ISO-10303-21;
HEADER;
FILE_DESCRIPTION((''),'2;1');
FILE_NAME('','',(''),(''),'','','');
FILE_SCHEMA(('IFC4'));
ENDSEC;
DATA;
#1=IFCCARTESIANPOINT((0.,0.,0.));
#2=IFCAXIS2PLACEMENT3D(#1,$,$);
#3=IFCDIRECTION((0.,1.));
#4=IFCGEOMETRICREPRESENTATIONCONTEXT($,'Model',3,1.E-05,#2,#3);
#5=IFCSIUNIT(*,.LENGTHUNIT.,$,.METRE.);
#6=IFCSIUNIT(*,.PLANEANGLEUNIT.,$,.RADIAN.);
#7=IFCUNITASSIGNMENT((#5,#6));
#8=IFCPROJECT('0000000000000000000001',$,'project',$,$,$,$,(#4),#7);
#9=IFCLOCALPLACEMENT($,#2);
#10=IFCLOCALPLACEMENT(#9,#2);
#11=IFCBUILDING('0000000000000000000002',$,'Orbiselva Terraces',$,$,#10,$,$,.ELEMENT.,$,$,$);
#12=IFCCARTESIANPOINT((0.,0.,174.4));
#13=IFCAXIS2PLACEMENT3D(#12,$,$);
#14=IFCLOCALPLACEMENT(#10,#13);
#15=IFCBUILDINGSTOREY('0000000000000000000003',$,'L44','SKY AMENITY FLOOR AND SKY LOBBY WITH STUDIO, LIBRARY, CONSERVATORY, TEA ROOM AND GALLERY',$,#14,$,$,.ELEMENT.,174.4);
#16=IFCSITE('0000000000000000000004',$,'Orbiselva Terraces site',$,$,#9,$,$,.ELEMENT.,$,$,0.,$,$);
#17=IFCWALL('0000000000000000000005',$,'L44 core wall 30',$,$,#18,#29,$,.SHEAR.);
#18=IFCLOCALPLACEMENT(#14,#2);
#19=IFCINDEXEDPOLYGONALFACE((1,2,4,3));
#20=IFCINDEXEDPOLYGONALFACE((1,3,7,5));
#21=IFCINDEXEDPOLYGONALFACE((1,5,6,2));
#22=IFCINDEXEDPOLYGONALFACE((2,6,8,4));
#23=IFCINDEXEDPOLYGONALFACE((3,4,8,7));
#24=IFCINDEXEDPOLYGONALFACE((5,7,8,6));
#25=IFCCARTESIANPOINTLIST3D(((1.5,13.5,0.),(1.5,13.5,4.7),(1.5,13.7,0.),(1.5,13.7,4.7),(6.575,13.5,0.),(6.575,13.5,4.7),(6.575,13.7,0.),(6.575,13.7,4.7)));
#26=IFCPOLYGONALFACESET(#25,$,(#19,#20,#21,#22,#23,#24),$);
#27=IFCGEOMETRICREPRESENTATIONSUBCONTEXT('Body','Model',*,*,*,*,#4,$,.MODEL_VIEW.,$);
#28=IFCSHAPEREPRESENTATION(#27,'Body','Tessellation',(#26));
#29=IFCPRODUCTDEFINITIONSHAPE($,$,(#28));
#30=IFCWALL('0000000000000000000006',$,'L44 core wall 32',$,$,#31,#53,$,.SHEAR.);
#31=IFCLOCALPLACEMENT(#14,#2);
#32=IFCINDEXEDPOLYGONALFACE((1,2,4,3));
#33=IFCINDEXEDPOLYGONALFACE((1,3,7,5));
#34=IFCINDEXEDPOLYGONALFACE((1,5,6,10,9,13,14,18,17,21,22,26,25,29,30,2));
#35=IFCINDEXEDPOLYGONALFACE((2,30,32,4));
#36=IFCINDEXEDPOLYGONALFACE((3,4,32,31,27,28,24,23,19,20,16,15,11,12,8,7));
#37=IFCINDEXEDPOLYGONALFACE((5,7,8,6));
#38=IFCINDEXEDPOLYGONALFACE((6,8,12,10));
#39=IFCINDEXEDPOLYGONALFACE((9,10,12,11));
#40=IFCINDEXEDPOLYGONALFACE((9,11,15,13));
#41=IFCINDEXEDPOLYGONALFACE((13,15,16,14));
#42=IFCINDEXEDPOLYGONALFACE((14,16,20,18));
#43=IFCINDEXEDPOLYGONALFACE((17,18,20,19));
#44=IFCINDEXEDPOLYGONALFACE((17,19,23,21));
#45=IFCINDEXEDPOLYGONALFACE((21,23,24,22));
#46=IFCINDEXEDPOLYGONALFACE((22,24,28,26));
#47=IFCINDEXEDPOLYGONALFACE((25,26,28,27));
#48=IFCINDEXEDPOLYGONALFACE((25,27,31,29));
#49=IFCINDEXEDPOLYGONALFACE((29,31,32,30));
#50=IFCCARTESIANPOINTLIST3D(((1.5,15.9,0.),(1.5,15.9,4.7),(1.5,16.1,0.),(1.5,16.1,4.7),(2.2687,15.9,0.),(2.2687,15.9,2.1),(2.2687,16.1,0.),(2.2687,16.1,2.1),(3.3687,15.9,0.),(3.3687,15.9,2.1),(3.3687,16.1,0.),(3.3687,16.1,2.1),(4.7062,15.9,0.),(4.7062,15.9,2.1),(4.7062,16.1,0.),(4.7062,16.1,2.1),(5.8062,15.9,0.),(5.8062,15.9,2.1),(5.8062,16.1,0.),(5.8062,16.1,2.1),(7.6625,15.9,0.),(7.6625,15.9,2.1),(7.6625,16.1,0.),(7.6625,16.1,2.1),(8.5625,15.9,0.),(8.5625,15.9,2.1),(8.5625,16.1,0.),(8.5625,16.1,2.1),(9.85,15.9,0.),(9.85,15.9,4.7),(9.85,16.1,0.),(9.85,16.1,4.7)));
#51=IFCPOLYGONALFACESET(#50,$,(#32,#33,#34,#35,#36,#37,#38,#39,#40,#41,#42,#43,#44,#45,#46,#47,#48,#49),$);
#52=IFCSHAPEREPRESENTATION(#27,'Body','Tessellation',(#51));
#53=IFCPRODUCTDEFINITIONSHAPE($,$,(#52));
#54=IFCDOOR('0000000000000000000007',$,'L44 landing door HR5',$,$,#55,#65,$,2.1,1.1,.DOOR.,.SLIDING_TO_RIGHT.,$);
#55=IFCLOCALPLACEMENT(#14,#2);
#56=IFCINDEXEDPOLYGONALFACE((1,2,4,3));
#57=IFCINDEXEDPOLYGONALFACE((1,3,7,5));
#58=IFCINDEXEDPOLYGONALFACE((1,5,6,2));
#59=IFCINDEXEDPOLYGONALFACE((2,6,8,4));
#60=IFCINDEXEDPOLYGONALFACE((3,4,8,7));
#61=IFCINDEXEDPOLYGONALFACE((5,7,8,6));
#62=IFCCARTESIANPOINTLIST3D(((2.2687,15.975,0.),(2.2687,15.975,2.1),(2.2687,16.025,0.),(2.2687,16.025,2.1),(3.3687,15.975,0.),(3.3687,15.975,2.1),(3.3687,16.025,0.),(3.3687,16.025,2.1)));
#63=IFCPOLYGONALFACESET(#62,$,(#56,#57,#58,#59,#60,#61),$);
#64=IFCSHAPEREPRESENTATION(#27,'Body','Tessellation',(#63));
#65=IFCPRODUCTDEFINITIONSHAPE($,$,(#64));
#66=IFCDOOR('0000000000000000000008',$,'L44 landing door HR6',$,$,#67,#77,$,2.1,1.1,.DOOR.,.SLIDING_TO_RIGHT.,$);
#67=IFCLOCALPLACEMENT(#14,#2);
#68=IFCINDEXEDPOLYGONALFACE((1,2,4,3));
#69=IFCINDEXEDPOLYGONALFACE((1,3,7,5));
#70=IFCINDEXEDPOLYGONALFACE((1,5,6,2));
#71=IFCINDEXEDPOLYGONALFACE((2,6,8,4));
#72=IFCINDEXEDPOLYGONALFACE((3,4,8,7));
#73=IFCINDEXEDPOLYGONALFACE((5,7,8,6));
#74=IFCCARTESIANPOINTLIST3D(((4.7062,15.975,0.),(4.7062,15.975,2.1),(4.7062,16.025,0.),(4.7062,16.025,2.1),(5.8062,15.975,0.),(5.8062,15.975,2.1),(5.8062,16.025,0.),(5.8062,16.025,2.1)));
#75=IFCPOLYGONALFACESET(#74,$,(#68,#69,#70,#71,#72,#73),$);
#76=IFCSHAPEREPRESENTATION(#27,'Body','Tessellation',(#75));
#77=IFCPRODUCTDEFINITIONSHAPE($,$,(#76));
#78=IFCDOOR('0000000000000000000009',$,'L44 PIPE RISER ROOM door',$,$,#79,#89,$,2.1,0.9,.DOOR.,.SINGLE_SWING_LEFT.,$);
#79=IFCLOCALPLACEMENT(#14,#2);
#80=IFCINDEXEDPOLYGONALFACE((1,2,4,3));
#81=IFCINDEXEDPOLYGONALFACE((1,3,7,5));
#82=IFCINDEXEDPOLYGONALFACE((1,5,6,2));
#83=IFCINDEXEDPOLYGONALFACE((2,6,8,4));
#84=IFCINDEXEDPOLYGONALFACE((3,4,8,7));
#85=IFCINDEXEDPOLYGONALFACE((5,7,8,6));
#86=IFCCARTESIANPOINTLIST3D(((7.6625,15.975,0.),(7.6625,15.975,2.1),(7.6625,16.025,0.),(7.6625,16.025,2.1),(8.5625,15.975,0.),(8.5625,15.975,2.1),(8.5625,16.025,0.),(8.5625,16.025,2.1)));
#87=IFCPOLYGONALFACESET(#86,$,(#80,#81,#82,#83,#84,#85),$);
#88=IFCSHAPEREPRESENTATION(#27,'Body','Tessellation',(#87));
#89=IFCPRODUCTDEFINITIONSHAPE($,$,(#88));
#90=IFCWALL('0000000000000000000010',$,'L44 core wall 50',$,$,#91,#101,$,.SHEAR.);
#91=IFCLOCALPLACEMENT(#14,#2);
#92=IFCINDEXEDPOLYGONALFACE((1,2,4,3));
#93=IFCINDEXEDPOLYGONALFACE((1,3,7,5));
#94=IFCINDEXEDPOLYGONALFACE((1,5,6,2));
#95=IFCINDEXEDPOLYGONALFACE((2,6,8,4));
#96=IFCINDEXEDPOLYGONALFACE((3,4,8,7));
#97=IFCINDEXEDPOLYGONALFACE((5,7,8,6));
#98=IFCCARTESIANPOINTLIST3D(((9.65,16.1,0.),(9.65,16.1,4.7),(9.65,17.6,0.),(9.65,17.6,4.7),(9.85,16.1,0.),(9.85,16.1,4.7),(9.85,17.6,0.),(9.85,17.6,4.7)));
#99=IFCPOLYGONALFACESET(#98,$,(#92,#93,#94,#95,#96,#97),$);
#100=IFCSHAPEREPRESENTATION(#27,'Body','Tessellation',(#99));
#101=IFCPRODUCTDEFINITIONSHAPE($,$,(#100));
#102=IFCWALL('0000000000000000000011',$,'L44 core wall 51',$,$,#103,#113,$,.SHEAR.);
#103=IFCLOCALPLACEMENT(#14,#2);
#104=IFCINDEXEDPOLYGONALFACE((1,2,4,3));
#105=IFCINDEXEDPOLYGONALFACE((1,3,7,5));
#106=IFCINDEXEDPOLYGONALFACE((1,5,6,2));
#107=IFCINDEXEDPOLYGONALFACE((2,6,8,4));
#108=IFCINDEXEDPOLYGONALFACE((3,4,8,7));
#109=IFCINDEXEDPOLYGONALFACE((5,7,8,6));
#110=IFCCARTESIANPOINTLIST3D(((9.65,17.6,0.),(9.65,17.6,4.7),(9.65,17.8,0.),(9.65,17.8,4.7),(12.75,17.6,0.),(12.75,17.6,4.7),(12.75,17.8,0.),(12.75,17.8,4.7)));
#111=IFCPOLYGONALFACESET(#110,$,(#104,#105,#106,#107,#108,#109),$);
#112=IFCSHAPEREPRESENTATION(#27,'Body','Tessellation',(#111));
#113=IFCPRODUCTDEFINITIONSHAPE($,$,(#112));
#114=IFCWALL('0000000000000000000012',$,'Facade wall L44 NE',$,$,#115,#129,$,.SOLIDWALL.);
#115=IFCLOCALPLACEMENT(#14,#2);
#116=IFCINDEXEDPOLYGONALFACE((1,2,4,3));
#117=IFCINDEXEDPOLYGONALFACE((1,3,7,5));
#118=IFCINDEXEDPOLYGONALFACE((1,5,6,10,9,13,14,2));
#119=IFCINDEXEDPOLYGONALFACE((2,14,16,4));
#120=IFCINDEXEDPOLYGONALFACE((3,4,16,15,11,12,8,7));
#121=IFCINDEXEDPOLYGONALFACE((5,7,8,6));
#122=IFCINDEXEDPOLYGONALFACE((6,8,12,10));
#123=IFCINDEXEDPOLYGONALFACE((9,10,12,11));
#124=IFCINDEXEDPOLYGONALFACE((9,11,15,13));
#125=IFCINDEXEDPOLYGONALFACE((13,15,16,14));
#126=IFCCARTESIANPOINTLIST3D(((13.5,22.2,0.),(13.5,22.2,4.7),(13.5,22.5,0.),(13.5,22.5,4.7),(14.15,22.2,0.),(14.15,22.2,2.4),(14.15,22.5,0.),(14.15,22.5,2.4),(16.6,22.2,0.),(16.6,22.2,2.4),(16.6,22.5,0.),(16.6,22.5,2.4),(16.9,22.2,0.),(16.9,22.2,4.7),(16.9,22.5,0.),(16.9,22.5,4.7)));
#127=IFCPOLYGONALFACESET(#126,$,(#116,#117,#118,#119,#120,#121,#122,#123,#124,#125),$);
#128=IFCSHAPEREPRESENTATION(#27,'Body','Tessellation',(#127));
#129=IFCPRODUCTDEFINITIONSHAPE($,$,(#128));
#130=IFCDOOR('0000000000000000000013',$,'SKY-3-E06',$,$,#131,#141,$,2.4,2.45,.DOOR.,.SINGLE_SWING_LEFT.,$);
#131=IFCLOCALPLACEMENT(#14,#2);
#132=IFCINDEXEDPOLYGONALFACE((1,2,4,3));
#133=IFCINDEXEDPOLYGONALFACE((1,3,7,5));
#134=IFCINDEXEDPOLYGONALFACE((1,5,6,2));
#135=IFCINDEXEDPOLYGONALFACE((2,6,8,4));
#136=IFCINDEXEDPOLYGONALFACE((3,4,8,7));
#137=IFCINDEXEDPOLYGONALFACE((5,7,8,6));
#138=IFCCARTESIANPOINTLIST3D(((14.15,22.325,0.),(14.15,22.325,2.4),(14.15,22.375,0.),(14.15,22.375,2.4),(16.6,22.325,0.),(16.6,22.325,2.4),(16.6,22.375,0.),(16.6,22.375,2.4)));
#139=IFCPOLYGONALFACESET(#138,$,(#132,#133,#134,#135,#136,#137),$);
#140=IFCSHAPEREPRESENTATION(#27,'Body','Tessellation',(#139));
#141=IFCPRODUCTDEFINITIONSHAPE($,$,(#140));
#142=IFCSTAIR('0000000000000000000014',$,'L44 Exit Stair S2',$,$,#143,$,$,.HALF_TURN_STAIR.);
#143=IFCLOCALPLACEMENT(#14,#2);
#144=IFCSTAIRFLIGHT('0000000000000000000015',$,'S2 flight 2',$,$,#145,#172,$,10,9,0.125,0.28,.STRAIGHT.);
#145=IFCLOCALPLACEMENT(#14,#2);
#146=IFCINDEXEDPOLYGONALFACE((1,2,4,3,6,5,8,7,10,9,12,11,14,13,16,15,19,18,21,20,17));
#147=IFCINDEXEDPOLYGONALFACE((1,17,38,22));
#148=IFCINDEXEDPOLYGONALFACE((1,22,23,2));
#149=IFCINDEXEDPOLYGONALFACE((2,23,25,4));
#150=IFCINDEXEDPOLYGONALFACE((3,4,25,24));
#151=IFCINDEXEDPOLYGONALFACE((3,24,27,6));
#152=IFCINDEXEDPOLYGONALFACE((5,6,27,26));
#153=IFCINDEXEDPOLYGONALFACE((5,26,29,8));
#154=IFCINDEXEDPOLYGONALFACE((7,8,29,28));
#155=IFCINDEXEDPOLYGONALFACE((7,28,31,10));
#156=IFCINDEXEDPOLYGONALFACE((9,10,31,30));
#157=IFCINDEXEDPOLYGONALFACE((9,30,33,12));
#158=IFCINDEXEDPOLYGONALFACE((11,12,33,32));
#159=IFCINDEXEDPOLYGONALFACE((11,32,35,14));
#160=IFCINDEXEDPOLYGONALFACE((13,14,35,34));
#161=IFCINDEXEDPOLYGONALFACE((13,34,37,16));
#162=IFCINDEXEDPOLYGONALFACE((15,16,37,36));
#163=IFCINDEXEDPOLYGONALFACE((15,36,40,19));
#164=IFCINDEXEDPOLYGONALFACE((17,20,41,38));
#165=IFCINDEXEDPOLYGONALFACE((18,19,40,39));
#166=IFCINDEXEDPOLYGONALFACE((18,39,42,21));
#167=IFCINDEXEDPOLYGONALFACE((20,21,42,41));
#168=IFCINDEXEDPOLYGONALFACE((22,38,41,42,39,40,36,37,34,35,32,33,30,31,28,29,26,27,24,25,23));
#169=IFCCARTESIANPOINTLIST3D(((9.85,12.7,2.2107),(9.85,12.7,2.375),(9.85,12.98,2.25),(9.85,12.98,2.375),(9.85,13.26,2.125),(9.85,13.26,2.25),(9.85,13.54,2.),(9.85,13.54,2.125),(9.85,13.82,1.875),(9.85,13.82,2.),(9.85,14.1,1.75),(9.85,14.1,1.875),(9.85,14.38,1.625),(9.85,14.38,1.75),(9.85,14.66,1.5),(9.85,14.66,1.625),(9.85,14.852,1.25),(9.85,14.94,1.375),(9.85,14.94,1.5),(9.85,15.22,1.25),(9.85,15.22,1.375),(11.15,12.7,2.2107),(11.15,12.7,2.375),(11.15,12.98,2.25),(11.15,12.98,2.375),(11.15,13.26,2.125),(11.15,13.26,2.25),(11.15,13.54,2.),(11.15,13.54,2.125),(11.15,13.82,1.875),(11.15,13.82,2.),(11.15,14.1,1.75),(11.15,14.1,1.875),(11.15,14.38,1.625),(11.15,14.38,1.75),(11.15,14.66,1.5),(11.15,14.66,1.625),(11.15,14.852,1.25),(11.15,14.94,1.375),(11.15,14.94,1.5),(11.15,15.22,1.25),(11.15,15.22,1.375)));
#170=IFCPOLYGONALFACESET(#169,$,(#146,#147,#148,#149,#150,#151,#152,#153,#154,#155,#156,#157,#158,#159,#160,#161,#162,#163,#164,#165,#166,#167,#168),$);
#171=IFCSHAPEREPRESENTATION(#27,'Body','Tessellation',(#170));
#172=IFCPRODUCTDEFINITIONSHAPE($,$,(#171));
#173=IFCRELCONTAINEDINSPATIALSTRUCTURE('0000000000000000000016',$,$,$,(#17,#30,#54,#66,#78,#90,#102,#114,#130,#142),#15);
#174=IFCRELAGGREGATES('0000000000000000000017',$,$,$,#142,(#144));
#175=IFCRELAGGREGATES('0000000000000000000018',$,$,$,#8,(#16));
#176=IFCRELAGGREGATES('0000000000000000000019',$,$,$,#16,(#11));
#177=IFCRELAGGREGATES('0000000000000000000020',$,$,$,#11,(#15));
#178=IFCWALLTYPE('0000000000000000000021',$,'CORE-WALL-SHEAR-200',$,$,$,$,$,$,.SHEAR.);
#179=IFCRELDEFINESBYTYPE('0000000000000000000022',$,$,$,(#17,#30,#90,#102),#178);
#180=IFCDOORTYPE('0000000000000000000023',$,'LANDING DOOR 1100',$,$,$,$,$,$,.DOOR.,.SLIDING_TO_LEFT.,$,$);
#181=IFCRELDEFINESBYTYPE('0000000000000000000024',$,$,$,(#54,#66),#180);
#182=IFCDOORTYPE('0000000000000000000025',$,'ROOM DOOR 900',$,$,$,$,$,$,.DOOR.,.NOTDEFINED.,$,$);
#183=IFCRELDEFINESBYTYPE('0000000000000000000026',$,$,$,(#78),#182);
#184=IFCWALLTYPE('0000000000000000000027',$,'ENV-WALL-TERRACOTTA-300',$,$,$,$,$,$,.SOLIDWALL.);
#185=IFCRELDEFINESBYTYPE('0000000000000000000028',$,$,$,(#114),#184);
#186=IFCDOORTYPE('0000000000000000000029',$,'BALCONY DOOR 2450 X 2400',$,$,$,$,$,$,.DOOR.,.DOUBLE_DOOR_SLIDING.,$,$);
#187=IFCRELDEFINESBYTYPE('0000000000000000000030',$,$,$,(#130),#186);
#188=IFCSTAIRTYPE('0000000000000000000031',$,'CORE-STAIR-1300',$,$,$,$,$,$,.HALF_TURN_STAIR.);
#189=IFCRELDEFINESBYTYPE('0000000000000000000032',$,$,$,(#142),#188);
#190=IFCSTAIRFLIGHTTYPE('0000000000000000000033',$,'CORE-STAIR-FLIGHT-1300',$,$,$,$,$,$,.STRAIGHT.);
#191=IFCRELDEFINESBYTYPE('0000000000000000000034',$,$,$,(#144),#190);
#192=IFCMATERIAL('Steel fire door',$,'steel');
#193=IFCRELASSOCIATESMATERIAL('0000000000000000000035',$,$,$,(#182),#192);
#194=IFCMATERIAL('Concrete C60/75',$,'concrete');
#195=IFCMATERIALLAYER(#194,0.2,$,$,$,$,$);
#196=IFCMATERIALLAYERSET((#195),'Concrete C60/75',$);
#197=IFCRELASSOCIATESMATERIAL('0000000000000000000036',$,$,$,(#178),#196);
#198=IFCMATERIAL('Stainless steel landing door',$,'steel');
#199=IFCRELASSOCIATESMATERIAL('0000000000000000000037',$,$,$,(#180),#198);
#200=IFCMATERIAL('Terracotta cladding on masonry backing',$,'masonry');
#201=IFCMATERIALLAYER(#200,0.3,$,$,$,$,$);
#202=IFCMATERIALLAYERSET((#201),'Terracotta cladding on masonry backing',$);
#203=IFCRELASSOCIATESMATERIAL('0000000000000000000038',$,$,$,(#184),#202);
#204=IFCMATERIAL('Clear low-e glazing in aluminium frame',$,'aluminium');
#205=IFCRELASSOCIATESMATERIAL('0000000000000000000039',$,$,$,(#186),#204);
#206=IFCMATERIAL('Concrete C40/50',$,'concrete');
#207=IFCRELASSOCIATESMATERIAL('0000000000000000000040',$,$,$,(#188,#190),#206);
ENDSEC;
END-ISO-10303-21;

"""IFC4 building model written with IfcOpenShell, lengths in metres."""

from ifc_helpers import new_model, si_unit, direction, frame, frame_2d, origin, place, context, subcontext, project, spatial, polyline, rectangle, outline, extrude, material, layer, layer_set, type_object, element, fill, aggregate, save


model = new_model("IFC4")

# Units and contexts
model_context = context("Model", 3, precision=1e-05, world=origin(), true_north=direction((0.0, 1.0)))
body_context = subcontext(model_context, "Body", "Model", "MODEL_VIEW")
ifc_project = project(units=[si_unit("LENGTHUNIT", "METRE"), si_unit("PLANEANGLEUNIT", "RADIAN")], contexts=[model_context])

# Site, building, storey
site_placement = place(None, origin())
site = spatial("IfcSite", under=ifc_project, at=site_placement, Name="Orbiselva Terraces site", CompositionType="ELEMENT", RefElevation=0.0)
building_placement = place(site_placement, origin())
building = spatial("IfcBuilding", under=site, at=building_placement, Name="Orbiselva Terraces", CompositionType="ELEMENT")
storey_placement = place(building_placement, frame((0.0, 0.0, 174.4)))
storey = spatial("IfcBuildingStorey", under=building, at=storey_placement, Name="L44", Description="SKY AMENITY FLOOR AND SKY LOBBY WITH STUDIO, LIBRARY, CONSERVATORY, TEA ROOM AND GALLERY", CompositionType="ELEMENT", Elevation=174.4)

# Shared definitions
ifc_material_1 = material(Name="Steel fire door", Category="steel")
door_type_1 = type_object("IfcDoorType", Name="ROOM DOOR 900", OperationType="NOTDEFINED", PredefinedType="DOOR", material=ifc_material_1)

# Shared definitions
ifc_material_2 = material(Name="Concrete C40/50", Category="concrete")

# Shared definitions
ifc_material_3 = material(Name="Concrete C60/75", Category="concrete")
ifc_layer_1 = layer(ifc_material_3, 0.2)
ifc_layer_set_1 = layer_set([ifc_layer_1], Name="Concrete C60/75")
wall_type_1 = type_object("IfcWallType", Name="CORE-WALL-SHEAR-200", PredefinedType="SHEAR", material=ifc_layer_set_1)

# Wall
wall_1_placement = place(storey_placement, frame((1.5, 13.6, 0.0), z_axis=(0.0, 0.0, 1.0), x_axis=(1.0, 0.0, 0.0)))
element("IfcWall", 1, at=wall_1_placement, inside=storey, type_object=wall_type_1, Name="L44 core wall 30", PredefinedType="SHEAR", context=body_context, shape_type="SweptSolid", body=[
    extrude(rectangle(XDim=5.075, YDim=0.2, at=frame_2d((2.5375, 0.0))), origin(), (0.0, 0.0, 1.0), 4.7),
])

# Wall, openings, doors
wall_2_placement = place(storey_placement, frame((9.85, 16.0, 0.0), z_axis=(0.0, 0.0, 1.0), x_axis=(-1.0, 0.0, 0.0)))
wall_2 = element("IfcWall", 2, at=wall_2_placement, inside=storey, type_object=wall_type_1, Name="L44 core wall 32", PredefinedType="SHEAR", context=body_context, shape_type="SweptSolid", body=[
    extrude(rectangle(XDim=8.35, YDim=0.2, at=frame_2d((4.175, 0.0))), origin(), (0.0, 0.0, 1.0), 4.7),
])
opening_1_placement = place(wall_2_placement, frame((6.4813, 0.0, 0.0)))
opening_1 = element("IfcOpeningElement", 3, at=opening_1_placement, cuts=wall_2, PredefinedType="OPENING", context=body_context, shape_type="SweptSolid", body=[
    extrude(rectangle(XDim=1.1, YDim=2.1, at=frame_2d((0.55, 1.05))), frame((0.0, 0.11, 0.0), z_axis=(0.0, -1.0, 0.0), x_axis=(1.0, 0.0, 0.0)), (0.0, 0.0, 1.0), 0.22),
])
opening_2_placement = place(wall_2_placement, frame((4.0438, 0.0, 0.0)))
opening_2 = element("IfcOpeningElement", 4, at=opening_2_placement, cuts=wall_2, PredefinedType="OPENING", context=body_context, shape_type="SweptSolid", body=[
    extrude(rectangle(XDim=1.1, YDim=2.1, at=frame_2d((0.55, 1.05))), frame((0.0, 0.11, 0.0), z_axis=(0.0, -1.0, 0.0), x_axis=(1.0, 0.0, 0.0)), (0.0, 0.0, 1.0), 0.22),
])
opening_3_placement = place(wall_2_placement, frame((1.2875, 0.0, 0.0)))
opening_3 = element("IfcOpeningElement", 5, at=opening_3_placement, cuts=wall_2, PredefinedType="OPENING", context=body_context, shape_type="SweptSolid", body=[
    extrude(rectangle(XDim=0.9, YDim=2.1, at=frame_2d((0.45, 1.05))), frame((0.0, 0.11, 0.0), z_axis=(0.0, -1.0, 0.0), x_axis=(1.0, 0.0, 0.0)), (0.0, 0.0, 1.0), 0.22),
])
ifc_material_4 = material(Name="Stainless steel landing door", Category="steel")
door_type_2 = type_object("IfcDoorType", Name="LANDING DOOR 1100", OperationType="SLIDING_TO_LEFT", PredefinedType="DOOR", material=ifc_material_4)
door_1_placement = place(opening_1_placement, origin())
door_1 = element("IfcDoor", 6, at=door_1_placement, inside=storey, type_object=door_type_2, Name="L44 landing door HR5", OperationType="SLIDING_TO_RIGHT", OverallHeight=2.1, OverallWidth=1.1, PredefinedType="DOOR", context=body_context, shape_type="SweptSolid", body=[
    extrude(rectangle(XDim=1.1, YDim=2.1, at=frame_2d((0.55, 1.05))), frame((0.0, 0.025, 0.0), z_axis=(0.0, -1.0, 0.0), x_axis=(1.0, 0.0, 0.0)), (0.0, 0.0, 1.0), 0.05),
])
fill(opening_1, door_1)
door_2_placement = place(opening_2_placement, origin())
door_2 = element("IfcDoor", 7, at=door_2_placement, inside=storey, type_object=door_type_2, Name="L44 landing door HR6", OperationType="SLIDING_TO_RIGHT", OverallHeight=2.1, OverallWidth=1.1, PredefinedType="DOOR", context=body_context, shape_type="SweptSolid", body=[
    extrude(rectangle(XDim=1.1, YDim=2.1, at=frame_2d((0.55, 1.05))), frame((0.0, 0.025, 0.0), z_axis=(0.0, -1.0, 0.0), x_axis=(1.0, 0.0, 0.0)), (0.0, 0.0, 1.0), 0.05),
])
fill(opening_2, door_2)
door_3_placement = place(opening_3_placement, origin())
door_3 = element("IfcDoor", 8, at=door_3_placement, inside=storey, type_object=door_type_1, Name="L44 PIPE RISER ROOM door", OperationType="SINGLE_SWING_LEFT", OverallHeight=2.1, OverallWidth=0.9, PredefinedType="DOOR", context=body_context, shape_type="SweptSolid", body=[
    extrude(rectangle(XDim=0.9, YDim=2.1, at=frame_2d((0.45, 1.05))), frame((0.0, 0.025, 0.0), z_axis=(0.0, -1.0, 0.0), x_axis=(1.0, 0.0, 0.0)), (0.0, 0.0, 1.0), 0.05),
])
fill(opening_3, door_3)

# Walls
wall_3_placement = place(storey_placement, frame((9.75, 16.1, 0.0), z_axis=(0.0, 0.0, 1.0), x_axis=(0.0, 1.0, 0.0)))
element("IfcWall", 9, at=wall_3_placement, inside=storey, type_object=wall_type_1, Name="L44 core wall 50", PredefinedType="SHEAR", context=body_context, shape_type="SweptSolid", body=[
    extrude(rectangle(XDim=1.5, YDim=0.2, at=frame_2d((0.75, 0.0))), origin(), (0.0, 0.0, 1.0), 4.7),
])
wall_4_placement = place(storey_placement, frame((9.65, 17.7, 0.0), z_axis=(0.0, 0.0, 1.0), x_axis=(1.0, 0.0, 0.0)))
element("IfcWall", 10, at=wall_4_placement, inside=storey, type_object=wall_type_1, Name="L44 core wall 51", PredefinedType="SHEAR", context=body_context, shape_type="SweptSolid", body=[
    extrude(rectangle(XDim=3.1, YDim=0.2, at=frame_2d((1.55, 0.0))), origin(), (0.0, 0.0, 1.0), 4.7),
])

# Wall, opening, door
ifc_material_5 = material(Name="Terracotta cladding on masonry backing", Category="masonry")
ifc_layer_2 = layer(ifc_material_5, 0.3)
ifc_layer_set_2 = layer_set([ifc_layer_2], Name="Terracotta cladding on masonry backing")
wall_type_2 = type_object("IfcWallType", Name="ENV-WALL-TERRACOTTA-300", PredefinedType="SOLIDWALL", material=ifc_layer_set_2)
wall_5_placement = place(storey_placement, frame((13.5, 22.35, 0.0), z_axis=(0.0, 0.0, 1.0), x_axis=(1.0, 0.0, 0.0)))
wall_5 = element("IfcWall", 11, at=wall_5_placement, inside=storey, type_object=wall_type_2, Name="Facade wall L44 NE", PredefinedType="SOLIDWALL", context=body_context, shape_type="SweptSolid", body=[
    extrude(rectangle(XDim=3.4, YDim=0.3, at=frame_2d((1.7, 0.0))), origin(), (0.0, 0.0, 1.0), 4.7),
])
opening_4_placement = place(wall_5_placement, frame((0.65, 0.0, 0.0)))
opening_4 = element("IfcOpeningElement", 12, at=opening_4_placement, cuts=wall_5, PredefinedType="OPENING", context=body_context, shape_type="SweptSolid", body=[
    extrude(rectangle(XDim=2.45, YDim=2.4, at=frame_2d((1.225, 1.2))), frame((0.0, 0.16, 0.0), z_axis=(0.0, -1.0, 0.0), x_axis=(1.0, 0.0, 0.0)), (0.0, 0.0, 1.0), 0.32),
])
ifc_material_6 = material(Name="Clear low-e glazing in aluminium frame", Category="aluminium")
door_type_3 = type_object("IfcDoorType", Name="BALCONY DOOR 2450 X 2400", OperationType="DOUBLE_DOOR_SLIDING", PredefinedType="DOOR", material=ifc_material_6)
door_4_placement = place(opening_4_placement, origin())
door_4 = element("IfcDoor", 13, at=door_4_placement, inside=storey, type_object=door_type_3, Name="SKY-3-E06", OperationType="SINGLE_SWING_LEFT", OverallHeight=2.4, OverallWidth=2.45, PredefinedType="DOOR", context=body_context, shape_type="SweptSolid", body=[
    extrude(rectangle(XDim=2.45, YDim=2.4, at=frame_2d((1.225, 1.2))), frame((0.0, 0.025, 0.0), z_axis=(0.0, -1.0, 0.0), x_axis=(1.0, 0.0, 0.0)), (0.0, 0.0, 1.0), 0.05),
])
fill(opening_4, door_4)

# Stair, stair flight
stair_type = type_object("IfcStairType", Name="CORE-STAIR-1300", PredefinedType="HALF_TURN_STAIR", material=ifc_material_2)
stair_placement = place(storey_placement, origin())
stair = element("IfcStair", 14, at=stair_placement, inside=storey, type_object=stair_type, Name="L44 Exit Stair S2", PredefinedType="HALF_TURN_STAIR")
stair_flight_type = type_object("IfcStairFlightType", Name="CORE-STAIR-FLIGHT-1300", PredefinedType="STRAIGHT", material=ifc_material_2)
stair_flight_1_placement = place(storey_placement, frame((10.5, 15.22, 1.25), z_axis=(0.0, 0.0, 1.0), x_axis=(0.0, -1.0, 0.0)))
stair_flight_1 = element("IfcStairFlight", 15, at=stair_flight_1_placement, type_object=stair_flight_type, Name="S2 flight 2", NumberOfRisers=10, NumberOfTreads=9, PredefinedType="STRAIGHT", RiserHeight=0.125, TreadLength=0.28, context=body_context, shape_type="SweptSolid", body=[
    extrude(outline(polyline([(0.0, 0.0), (0.0, 0.125), (0.28, 0.125), (0.28, 0.25), (0.56, 0.25), (0.56, 0.375), (0.84, 0.375), (0.84, 0.5), (1.12, 0.5), (1.12, 0.625), (1.4, 0.625), (1.4, 0.75), (1.68, 0.75), (1.68, 0.875), (1.96, 0.875), (1.96, 1.0), (2.24, 1.0), (2.24, 1.125), (2.52, 1.125), (2.52, 1.25), (2.52, 0.9607), (0.368, 0.0), (0.0, 0.0)])), frame((0.0, 0.65, 0.0), z_axis=(0.0, -1.0, 0.0), x_axis=(1.0, 0.0, 0.0)), (0.0, 0.0, 1.0), 1.3),
])
aggregate(stair, [stair_flight_1])

save(model, "model.ifc")
